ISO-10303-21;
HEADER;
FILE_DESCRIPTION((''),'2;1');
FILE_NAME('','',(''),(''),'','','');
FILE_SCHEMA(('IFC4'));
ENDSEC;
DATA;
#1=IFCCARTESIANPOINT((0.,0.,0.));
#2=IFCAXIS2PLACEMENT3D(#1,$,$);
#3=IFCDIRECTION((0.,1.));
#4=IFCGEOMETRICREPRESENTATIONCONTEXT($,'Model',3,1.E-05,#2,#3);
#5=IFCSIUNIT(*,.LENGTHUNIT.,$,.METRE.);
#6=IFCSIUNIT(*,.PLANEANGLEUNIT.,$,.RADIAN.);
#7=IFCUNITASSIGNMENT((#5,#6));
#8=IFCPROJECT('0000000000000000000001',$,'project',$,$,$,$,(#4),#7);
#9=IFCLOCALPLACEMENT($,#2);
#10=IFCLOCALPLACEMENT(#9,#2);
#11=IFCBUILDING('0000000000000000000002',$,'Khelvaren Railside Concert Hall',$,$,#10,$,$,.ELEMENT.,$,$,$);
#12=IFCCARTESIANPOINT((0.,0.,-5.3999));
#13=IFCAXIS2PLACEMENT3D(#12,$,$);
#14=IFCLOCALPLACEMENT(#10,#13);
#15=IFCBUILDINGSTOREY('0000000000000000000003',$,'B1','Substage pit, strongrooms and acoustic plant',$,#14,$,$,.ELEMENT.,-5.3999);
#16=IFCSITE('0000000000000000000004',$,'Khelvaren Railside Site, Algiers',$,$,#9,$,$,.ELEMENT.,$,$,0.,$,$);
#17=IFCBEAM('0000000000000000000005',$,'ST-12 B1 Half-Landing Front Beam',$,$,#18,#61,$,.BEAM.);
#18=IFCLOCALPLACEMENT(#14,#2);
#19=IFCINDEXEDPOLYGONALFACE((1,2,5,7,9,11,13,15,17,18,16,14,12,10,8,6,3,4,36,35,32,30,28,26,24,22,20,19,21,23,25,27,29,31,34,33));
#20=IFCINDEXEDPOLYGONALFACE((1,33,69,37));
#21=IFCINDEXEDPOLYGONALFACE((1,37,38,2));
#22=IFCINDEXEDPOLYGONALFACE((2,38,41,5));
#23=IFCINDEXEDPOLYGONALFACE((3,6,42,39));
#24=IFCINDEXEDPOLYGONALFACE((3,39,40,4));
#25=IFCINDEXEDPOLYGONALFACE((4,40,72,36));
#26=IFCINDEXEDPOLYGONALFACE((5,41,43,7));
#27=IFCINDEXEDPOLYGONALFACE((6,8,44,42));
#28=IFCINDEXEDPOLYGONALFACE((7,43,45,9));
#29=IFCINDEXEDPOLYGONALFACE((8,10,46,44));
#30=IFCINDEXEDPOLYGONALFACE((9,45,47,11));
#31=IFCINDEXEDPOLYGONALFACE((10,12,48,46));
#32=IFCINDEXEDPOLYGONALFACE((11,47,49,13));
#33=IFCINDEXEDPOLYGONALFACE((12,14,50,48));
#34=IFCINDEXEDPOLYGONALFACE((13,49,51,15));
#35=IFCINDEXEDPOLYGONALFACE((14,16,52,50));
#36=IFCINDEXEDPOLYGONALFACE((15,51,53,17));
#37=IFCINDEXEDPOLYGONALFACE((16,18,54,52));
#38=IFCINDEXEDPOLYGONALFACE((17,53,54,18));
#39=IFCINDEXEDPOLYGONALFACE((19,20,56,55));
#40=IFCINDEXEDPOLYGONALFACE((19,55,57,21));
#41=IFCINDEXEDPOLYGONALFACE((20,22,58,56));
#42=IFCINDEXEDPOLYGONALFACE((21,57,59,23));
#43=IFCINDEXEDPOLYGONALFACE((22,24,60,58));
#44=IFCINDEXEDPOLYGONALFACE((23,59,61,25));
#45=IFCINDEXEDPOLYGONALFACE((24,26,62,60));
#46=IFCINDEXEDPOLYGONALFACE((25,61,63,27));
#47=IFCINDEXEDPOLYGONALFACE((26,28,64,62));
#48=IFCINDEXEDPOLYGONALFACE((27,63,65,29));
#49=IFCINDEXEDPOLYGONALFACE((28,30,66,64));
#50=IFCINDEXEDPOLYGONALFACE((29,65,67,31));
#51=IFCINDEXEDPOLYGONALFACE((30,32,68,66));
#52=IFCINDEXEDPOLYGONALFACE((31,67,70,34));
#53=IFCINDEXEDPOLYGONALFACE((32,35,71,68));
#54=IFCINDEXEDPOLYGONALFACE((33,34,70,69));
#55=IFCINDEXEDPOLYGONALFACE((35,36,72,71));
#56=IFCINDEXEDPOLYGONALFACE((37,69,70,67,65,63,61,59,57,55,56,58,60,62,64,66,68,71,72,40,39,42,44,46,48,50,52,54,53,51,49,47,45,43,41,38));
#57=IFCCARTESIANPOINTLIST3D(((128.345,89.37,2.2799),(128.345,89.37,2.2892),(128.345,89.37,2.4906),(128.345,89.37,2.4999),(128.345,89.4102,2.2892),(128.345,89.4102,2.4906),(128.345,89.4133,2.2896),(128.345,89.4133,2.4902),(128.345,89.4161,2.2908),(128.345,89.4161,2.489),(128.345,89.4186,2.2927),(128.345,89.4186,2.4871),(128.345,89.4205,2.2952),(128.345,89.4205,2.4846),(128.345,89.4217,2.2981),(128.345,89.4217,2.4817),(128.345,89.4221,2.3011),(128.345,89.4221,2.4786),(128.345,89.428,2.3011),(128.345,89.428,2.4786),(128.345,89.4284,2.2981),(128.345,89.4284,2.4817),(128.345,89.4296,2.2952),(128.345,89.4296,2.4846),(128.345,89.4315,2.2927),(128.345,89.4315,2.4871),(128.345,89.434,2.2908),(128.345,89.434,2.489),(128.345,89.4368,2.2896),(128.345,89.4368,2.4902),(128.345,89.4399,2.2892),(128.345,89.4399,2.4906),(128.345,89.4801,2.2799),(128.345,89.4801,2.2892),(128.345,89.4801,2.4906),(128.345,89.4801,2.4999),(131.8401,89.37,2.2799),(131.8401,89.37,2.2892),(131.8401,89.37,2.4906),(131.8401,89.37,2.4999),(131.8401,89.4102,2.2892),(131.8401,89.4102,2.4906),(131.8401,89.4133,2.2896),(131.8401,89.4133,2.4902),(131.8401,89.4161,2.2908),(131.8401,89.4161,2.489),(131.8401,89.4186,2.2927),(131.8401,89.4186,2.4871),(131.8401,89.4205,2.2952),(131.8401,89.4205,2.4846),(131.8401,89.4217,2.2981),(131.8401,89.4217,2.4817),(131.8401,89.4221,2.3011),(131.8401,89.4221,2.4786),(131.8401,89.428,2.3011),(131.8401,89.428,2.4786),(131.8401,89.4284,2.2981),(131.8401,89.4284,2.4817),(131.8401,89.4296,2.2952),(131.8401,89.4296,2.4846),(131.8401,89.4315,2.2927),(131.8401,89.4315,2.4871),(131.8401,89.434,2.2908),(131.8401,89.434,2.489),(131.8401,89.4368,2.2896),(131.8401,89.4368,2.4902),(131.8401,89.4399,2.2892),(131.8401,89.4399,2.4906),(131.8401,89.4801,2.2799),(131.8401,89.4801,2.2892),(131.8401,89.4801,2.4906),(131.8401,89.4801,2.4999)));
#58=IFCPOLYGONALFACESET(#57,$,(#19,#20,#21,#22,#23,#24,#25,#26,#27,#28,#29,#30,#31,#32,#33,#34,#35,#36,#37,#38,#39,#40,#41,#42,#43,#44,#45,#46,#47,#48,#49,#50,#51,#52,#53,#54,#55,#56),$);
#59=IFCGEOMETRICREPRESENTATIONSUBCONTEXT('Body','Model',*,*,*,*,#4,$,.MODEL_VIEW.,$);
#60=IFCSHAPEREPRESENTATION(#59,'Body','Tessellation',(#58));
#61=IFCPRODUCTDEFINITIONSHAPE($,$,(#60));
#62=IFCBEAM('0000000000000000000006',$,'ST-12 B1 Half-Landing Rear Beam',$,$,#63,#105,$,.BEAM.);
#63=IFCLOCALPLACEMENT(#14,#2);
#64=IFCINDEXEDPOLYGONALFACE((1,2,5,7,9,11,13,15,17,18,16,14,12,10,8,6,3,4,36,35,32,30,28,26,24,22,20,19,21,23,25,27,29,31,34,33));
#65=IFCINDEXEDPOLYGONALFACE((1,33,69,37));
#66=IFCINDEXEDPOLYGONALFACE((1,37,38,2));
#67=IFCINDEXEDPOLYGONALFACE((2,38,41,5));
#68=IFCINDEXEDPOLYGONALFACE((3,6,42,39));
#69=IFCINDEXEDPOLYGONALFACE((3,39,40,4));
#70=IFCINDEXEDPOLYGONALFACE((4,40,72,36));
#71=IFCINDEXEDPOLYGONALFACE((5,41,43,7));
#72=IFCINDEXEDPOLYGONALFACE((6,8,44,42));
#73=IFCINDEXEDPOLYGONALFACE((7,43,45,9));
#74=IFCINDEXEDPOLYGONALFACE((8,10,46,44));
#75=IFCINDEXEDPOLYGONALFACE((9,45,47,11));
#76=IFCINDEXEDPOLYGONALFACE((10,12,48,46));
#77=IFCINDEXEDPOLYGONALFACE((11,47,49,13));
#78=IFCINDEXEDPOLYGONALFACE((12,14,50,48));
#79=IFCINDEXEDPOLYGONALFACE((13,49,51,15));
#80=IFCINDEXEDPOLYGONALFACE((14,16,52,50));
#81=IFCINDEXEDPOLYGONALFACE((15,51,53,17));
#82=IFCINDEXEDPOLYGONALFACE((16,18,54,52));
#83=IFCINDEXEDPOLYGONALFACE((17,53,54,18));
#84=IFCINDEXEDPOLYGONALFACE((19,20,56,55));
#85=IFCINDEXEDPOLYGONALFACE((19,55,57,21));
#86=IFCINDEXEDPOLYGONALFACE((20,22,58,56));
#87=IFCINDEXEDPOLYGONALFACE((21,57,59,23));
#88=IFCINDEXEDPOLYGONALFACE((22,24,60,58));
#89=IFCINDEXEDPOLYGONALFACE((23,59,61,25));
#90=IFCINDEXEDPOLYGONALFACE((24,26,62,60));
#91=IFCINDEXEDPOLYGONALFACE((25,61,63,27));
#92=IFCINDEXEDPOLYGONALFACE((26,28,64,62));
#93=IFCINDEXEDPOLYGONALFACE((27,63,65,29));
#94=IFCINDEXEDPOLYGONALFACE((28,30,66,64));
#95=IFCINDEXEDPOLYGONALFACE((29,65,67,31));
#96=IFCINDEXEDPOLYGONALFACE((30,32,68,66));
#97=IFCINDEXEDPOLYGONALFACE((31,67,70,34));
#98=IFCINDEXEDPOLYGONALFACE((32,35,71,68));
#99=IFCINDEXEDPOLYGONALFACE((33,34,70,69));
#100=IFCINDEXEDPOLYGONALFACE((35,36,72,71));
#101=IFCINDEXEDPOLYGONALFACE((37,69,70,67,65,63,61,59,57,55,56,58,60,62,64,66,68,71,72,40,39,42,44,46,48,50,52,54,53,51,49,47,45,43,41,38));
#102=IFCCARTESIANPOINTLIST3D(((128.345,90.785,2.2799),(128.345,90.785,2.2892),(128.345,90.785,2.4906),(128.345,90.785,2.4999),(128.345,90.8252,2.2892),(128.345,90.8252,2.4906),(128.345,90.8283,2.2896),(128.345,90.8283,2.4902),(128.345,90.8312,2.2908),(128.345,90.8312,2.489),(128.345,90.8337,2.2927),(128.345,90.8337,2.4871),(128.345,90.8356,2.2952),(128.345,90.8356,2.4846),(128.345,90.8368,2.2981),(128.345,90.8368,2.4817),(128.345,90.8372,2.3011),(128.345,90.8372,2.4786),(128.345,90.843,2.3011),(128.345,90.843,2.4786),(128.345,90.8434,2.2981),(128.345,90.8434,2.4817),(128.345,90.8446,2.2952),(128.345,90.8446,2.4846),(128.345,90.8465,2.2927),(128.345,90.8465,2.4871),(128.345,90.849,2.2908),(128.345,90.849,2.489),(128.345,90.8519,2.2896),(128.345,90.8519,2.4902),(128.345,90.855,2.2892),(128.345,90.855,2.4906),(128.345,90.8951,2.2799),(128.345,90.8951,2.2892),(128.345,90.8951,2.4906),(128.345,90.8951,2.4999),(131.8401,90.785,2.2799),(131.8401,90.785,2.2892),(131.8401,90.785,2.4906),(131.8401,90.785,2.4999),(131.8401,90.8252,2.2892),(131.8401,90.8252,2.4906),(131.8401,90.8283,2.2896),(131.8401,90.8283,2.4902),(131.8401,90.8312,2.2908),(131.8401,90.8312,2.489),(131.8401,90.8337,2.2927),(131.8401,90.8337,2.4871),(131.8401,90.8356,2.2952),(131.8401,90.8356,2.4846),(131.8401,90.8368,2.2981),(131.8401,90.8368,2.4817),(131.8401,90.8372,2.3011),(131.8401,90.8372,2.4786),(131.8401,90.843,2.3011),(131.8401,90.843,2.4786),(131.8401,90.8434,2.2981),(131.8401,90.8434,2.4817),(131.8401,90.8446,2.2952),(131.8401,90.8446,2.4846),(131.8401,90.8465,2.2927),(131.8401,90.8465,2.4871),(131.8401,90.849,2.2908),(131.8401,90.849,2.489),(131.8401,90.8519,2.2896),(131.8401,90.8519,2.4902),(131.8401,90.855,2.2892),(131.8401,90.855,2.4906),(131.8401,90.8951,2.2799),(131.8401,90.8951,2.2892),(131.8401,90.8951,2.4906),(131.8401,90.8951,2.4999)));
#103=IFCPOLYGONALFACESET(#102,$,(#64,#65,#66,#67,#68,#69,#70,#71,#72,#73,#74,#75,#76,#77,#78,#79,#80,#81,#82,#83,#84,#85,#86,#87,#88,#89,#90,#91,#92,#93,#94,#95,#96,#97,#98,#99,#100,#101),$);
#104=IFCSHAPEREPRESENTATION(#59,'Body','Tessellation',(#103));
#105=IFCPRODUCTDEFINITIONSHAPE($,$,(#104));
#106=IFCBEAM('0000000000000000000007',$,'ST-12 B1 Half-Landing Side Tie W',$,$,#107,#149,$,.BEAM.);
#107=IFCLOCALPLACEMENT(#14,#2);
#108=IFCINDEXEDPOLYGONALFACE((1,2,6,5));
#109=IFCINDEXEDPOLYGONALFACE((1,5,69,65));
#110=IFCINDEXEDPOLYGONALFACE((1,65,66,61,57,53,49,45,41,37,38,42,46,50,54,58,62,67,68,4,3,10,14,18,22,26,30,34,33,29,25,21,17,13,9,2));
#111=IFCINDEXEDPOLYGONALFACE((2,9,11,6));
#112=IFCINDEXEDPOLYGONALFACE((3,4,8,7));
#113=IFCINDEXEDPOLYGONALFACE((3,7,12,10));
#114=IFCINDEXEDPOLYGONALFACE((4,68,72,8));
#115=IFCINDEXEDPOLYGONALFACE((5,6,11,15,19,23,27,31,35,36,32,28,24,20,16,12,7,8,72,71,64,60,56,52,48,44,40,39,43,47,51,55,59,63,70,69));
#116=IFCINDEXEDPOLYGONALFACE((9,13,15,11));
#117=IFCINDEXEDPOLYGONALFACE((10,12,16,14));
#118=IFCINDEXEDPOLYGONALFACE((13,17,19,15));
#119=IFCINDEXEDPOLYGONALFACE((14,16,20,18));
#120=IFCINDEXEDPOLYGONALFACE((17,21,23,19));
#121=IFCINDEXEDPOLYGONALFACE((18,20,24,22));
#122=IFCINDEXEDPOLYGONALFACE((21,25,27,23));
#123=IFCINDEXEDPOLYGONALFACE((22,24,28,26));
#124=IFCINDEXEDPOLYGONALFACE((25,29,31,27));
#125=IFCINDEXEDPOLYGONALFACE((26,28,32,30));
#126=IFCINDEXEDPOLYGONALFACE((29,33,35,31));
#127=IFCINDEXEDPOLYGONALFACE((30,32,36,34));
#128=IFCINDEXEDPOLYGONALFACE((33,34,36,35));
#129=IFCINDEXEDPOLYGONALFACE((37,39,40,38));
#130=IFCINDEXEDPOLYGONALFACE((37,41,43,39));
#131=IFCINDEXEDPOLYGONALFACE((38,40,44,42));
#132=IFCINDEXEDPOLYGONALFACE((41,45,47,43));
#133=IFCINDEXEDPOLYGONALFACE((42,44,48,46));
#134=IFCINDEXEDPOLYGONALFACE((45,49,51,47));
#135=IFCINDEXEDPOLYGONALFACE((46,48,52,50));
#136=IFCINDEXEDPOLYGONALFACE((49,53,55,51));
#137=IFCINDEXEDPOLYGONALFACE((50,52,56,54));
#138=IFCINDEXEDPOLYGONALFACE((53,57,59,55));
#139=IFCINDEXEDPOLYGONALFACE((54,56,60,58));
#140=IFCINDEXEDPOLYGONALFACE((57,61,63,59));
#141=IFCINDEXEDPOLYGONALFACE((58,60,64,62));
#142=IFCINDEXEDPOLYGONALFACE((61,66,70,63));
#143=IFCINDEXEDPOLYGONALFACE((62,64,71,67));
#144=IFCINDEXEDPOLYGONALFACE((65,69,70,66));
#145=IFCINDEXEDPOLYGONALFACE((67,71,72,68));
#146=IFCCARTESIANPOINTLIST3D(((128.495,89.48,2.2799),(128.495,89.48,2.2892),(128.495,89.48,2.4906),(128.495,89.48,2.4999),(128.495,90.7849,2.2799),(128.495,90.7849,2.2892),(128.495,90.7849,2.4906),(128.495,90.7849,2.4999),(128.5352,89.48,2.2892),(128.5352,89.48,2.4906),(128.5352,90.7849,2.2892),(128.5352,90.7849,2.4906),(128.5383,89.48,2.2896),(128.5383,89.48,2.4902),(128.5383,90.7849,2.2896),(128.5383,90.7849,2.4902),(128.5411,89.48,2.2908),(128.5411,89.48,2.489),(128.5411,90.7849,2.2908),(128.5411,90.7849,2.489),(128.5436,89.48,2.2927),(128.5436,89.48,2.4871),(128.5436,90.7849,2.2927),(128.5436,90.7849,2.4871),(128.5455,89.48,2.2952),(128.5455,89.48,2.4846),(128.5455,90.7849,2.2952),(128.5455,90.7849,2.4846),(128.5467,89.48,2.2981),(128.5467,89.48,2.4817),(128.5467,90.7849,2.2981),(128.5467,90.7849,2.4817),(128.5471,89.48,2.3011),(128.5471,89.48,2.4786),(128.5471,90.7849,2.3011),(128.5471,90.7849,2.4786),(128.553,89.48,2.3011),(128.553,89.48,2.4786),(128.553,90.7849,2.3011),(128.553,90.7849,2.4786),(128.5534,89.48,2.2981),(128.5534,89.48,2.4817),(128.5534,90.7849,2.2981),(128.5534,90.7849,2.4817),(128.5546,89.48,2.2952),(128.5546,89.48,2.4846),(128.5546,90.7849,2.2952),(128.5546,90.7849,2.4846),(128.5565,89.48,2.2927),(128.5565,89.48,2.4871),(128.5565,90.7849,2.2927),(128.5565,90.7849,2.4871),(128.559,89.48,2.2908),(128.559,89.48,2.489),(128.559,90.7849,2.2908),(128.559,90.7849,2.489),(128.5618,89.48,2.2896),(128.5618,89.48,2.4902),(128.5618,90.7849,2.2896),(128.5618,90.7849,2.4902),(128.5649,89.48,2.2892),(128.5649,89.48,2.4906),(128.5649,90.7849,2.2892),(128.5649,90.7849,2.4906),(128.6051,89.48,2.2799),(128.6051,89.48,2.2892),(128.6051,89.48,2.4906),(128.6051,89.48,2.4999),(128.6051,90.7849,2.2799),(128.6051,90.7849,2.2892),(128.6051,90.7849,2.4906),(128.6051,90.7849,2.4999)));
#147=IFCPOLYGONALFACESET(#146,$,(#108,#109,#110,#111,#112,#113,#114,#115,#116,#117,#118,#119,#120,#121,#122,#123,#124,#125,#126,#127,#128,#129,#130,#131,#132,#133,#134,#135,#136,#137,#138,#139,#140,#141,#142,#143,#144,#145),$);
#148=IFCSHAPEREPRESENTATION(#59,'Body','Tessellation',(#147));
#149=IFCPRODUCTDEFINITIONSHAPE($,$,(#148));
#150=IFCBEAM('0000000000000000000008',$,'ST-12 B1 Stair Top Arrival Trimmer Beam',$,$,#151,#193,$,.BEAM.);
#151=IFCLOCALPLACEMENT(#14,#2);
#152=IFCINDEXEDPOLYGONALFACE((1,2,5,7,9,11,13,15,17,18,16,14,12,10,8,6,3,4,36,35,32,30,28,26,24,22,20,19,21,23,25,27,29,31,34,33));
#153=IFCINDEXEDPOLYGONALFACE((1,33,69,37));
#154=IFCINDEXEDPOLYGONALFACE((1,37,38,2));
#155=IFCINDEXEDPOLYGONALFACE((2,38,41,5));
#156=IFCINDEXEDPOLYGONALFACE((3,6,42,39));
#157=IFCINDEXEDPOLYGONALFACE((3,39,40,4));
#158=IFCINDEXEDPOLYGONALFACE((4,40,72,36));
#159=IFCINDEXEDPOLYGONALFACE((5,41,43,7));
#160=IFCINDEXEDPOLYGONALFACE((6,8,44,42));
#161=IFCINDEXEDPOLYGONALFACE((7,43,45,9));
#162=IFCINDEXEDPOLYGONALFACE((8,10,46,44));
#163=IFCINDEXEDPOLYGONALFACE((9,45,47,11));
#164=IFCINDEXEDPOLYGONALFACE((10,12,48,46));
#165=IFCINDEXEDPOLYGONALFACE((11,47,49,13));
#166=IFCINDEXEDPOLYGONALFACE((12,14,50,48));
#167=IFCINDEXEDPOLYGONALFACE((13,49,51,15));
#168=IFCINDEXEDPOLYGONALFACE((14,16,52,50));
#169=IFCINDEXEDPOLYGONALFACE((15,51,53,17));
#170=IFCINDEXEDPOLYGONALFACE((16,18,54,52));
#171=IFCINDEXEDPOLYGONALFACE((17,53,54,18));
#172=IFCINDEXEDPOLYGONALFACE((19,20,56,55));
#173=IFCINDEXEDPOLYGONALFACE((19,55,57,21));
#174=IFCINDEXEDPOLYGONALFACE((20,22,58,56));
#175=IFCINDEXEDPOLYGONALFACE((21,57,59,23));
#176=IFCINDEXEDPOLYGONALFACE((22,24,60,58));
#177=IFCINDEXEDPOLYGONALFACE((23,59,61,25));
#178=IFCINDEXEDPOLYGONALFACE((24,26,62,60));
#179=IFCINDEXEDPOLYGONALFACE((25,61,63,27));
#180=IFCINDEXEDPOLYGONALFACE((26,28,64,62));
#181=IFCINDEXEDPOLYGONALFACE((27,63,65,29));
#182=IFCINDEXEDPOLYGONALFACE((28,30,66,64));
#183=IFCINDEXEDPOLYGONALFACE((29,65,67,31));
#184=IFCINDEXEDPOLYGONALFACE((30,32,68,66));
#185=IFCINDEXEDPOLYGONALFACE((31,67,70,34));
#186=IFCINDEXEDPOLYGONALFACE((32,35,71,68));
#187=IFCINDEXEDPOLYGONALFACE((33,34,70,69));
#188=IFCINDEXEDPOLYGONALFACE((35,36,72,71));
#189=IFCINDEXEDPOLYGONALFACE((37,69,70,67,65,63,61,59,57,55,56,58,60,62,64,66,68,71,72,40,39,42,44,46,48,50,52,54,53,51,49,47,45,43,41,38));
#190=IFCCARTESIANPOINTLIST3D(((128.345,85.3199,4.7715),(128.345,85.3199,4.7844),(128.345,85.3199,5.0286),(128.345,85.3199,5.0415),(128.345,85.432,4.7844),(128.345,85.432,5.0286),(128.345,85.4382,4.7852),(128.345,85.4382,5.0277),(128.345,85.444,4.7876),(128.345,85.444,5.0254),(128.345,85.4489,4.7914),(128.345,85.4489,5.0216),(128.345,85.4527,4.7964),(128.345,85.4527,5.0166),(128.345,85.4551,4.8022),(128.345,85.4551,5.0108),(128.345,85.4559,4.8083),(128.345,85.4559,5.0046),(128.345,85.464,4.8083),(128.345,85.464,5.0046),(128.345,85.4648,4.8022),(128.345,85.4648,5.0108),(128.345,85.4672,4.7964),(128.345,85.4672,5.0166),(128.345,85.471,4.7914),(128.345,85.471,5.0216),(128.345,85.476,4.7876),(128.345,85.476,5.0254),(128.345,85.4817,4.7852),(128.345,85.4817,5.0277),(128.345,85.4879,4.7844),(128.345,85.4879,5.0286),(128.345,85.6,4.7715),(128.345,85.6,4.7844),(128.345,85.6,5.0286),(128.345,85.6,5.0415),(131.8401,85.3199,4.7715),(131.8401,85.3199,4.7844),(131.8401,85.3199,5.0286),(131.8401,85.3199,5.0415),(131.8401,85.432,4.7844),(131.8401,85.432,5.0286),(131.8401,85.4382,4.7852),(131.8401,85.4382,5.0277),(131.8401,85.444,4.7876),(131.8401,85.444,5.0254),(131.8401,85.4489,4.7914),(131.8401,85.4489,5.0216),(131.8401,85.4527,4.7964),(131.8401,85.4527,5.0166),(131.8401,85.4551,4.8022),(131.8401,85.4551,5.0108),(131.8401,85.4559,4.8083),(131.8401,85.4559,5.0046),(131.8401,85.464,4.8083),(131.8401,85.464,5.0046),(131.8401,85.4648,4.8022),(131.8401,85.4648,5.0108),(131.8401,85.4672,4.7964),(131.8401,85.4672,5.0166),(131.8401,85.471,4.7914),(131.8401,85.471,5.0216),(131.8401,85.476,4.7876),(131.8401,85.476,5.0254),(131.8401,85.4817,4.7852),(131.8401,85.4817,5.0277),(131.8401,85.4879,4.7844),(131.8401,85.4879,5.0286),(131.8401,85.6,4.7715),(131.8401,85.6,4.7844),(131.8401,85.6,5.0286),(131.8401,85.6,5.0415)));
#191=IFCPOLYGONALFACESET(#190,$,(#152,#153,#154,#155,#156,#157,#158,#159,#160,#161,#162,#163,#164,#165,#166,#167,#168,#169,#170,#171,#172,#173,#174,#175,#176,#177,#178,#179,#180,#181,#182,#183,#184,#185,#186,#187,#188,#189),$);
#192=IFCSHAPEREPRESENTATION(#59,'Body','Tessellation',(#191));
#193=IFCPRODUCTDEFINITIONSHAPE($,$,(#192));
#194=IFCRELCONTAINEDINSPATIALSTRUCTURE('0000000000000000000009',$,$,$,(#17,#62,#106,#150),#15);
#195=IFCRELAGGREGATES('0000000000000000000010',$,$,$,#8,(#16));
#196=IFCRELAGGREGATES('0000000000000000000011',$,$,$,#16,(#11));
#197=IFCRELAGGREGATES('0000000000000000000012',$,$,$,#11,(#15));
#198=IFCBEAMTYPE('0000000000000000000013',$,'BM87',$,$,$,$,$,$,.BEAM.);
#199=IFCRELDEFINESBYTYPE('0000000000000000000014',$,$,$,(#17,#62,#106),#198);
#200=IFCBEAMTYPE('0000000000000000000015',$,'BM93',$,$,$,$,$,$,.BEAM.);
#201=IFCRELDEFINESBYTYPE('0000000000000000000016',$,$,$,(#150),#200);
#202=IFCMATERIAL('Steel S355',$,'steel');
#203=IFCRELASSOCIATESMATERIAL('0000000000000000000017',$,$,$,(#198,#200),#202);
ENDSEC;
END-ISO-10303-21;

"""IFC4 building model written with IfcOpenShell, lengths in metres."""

from ifc_helpers import new_model, si_unit, direction, frame, origin, origin_2d, place, context, subcontext, project, spatial, i_section, extrude, material, material_profile, profile_set, type_object, element, save


model = new_model("IFC4")

# Units and contexts
model_context = context("Model", 3, precision=1e-05, world=origin(), true_north=direction((0.0, 1.0)))
body_context = subcontext(model_context, "Body", "Model", "MODEL_VIEW")
ifc_project = project(units=[si_unit("LENGTHUNIT", "METRE"), si_unit("PLANEANGLEUNIT", "RADIAN")], contexts=[model_context])

# Site, building, storey
site_placement = place(None, origin())
site = spatial("IfcSite", under=ifc_project, at=site_placement, Name="Khelvaren Railside Site, Algiers", CompositionType="ELEMENT", RefElevation=0.0)
building_placement = place(site_placement, origin())
building = spatial("IfcBuilding", under=site, at=building_placement, Name="Khelvaren Railside Concert Hall", CompositionType="ELEMENT")
storey_placement = place(building_placement, frame((0.0, 0.0, -5.3999)))
storey = spatial("IfcBuildingStorey", under=building, at=storey_placement, Name="B1", Description="Substage pit, strongrooms and acoustic plant", CompositionType="ELEMENT", Elevation=-5.3999)

# Beams
ifc_material_1 = material(Name="Steel S355", Category="steel")
ifc_material_profile_1 = material_profile(ifc_material_1, i_section(OverallWidth=0.1101, OverallDepth=0.22, WebThickness=0.0059, FlangeThickness=0.0093, FilletRadius=0.012, at=origin_2d()), Name="IPE 220")
ifc_profile_set_1 = profile_set([ifc_material_profile_1], Name="Steel S355")
beam_type_1 = type_object("IfcBeamType", Name="BM87", PredefinedType="BEAM", material=ifc_profile_set_1)
for number, where, z_axis, x_axis, name in (
    (1, (128.345, 89.425, 2.3899), (1.0, 0.0, 0.0), (0.0, 1.0, 0.0), "ST-12 B1 Half-Landing Front Beam"),
    (2, (128.345, 90.8401, 2.3899), (1.0, 0.0, 0.0), (0.0, 1.0, 0.0), "ST-12 B1 Half-Landing Rear Beam"),
):
    element("IfcBeam", number, at=place(storey_placement, frame(where, z_axis=z_axis, x_axis=x_axis)), inside=storey, type_object=beam_type_1, Name=name, PredefinedType="BEAM", context=body_context, shape_type="SweptSolid", body=[
        extrude(i_section(OverallWidth=0.1101, OverallDepth=0.22, WebThickness=0.0059, FlangeThickness=0.0093, FilletRadius=0.012, at=origin_2d()), origin(), (0.0, 0.0, 1.0), 3.4951),
    ])
beam_1_placement = place(storey_placement, frame((128.55, 89.48, 2.3899), z_axis=(0.0, 1.0, 0.0), x_axis=(-1.0, 0.0, 0.0)))
element("IfcBeam", 3, at=beam_1_placement, inside=storey, type_object=beam_type_1, Name="ST-12 B1 Half-Landing Side Tie W", PredefinedType="BEAM", context=body_context, shape_type="SweptSolid", body=[
    extrude(i_section(OverallWidth=0.1101, OverallDepth=0.22, WebThickness=0.0059, FlangeThickness=0.0093, FilletRadius=0.012, at=origin_2d()), origin(), (0.0, 0.0, 1.0), 1.3049),
])
ifc_material_profile_2 = material_profile(ifc_material_1, i_section(OverallWidth=0.28, OverallDepth=0.27, WebThickness=0.0081, FlangeThickness=0.0129, FilletRadius=0.0239, at=origin_2d()), Name="HEA 280")
ifc_profile_set_2 = profile_set([ifc_material_profile_2], Name="Steel S355")
beam_type_2 = type_object("IfcBeamType", Name="BM93", PredefinedType="BEAM", material=ifc_profile_set_2)
beam_2_placement = place(storey_placement, frame((128.345, 85.46, 4.9065), z_axis=(1.0, 0.0, 0.0), x_axis=(0.0, 1.0, 0.0)))
element("IfcBeam", 4, at=beam_2_placement, inside=storey, type_object=beam_type_2, Name="ST-12 B1 Stair Top Arrival Trimmer Beam", PredefinedType="BEAM", context=body_context, shape_type="SweptSolid", body=[
    extrude(i_section(OverallWidth=0.28, OverallDepth=0.27, WebThickness=0.0081, FlangeThickness=0.0129, FilletRadius=0.0239, at=origin_2d()), origin(), (0.0, 0.0, 1.0), 3.4951),
])

save(model, "model.ifc")
